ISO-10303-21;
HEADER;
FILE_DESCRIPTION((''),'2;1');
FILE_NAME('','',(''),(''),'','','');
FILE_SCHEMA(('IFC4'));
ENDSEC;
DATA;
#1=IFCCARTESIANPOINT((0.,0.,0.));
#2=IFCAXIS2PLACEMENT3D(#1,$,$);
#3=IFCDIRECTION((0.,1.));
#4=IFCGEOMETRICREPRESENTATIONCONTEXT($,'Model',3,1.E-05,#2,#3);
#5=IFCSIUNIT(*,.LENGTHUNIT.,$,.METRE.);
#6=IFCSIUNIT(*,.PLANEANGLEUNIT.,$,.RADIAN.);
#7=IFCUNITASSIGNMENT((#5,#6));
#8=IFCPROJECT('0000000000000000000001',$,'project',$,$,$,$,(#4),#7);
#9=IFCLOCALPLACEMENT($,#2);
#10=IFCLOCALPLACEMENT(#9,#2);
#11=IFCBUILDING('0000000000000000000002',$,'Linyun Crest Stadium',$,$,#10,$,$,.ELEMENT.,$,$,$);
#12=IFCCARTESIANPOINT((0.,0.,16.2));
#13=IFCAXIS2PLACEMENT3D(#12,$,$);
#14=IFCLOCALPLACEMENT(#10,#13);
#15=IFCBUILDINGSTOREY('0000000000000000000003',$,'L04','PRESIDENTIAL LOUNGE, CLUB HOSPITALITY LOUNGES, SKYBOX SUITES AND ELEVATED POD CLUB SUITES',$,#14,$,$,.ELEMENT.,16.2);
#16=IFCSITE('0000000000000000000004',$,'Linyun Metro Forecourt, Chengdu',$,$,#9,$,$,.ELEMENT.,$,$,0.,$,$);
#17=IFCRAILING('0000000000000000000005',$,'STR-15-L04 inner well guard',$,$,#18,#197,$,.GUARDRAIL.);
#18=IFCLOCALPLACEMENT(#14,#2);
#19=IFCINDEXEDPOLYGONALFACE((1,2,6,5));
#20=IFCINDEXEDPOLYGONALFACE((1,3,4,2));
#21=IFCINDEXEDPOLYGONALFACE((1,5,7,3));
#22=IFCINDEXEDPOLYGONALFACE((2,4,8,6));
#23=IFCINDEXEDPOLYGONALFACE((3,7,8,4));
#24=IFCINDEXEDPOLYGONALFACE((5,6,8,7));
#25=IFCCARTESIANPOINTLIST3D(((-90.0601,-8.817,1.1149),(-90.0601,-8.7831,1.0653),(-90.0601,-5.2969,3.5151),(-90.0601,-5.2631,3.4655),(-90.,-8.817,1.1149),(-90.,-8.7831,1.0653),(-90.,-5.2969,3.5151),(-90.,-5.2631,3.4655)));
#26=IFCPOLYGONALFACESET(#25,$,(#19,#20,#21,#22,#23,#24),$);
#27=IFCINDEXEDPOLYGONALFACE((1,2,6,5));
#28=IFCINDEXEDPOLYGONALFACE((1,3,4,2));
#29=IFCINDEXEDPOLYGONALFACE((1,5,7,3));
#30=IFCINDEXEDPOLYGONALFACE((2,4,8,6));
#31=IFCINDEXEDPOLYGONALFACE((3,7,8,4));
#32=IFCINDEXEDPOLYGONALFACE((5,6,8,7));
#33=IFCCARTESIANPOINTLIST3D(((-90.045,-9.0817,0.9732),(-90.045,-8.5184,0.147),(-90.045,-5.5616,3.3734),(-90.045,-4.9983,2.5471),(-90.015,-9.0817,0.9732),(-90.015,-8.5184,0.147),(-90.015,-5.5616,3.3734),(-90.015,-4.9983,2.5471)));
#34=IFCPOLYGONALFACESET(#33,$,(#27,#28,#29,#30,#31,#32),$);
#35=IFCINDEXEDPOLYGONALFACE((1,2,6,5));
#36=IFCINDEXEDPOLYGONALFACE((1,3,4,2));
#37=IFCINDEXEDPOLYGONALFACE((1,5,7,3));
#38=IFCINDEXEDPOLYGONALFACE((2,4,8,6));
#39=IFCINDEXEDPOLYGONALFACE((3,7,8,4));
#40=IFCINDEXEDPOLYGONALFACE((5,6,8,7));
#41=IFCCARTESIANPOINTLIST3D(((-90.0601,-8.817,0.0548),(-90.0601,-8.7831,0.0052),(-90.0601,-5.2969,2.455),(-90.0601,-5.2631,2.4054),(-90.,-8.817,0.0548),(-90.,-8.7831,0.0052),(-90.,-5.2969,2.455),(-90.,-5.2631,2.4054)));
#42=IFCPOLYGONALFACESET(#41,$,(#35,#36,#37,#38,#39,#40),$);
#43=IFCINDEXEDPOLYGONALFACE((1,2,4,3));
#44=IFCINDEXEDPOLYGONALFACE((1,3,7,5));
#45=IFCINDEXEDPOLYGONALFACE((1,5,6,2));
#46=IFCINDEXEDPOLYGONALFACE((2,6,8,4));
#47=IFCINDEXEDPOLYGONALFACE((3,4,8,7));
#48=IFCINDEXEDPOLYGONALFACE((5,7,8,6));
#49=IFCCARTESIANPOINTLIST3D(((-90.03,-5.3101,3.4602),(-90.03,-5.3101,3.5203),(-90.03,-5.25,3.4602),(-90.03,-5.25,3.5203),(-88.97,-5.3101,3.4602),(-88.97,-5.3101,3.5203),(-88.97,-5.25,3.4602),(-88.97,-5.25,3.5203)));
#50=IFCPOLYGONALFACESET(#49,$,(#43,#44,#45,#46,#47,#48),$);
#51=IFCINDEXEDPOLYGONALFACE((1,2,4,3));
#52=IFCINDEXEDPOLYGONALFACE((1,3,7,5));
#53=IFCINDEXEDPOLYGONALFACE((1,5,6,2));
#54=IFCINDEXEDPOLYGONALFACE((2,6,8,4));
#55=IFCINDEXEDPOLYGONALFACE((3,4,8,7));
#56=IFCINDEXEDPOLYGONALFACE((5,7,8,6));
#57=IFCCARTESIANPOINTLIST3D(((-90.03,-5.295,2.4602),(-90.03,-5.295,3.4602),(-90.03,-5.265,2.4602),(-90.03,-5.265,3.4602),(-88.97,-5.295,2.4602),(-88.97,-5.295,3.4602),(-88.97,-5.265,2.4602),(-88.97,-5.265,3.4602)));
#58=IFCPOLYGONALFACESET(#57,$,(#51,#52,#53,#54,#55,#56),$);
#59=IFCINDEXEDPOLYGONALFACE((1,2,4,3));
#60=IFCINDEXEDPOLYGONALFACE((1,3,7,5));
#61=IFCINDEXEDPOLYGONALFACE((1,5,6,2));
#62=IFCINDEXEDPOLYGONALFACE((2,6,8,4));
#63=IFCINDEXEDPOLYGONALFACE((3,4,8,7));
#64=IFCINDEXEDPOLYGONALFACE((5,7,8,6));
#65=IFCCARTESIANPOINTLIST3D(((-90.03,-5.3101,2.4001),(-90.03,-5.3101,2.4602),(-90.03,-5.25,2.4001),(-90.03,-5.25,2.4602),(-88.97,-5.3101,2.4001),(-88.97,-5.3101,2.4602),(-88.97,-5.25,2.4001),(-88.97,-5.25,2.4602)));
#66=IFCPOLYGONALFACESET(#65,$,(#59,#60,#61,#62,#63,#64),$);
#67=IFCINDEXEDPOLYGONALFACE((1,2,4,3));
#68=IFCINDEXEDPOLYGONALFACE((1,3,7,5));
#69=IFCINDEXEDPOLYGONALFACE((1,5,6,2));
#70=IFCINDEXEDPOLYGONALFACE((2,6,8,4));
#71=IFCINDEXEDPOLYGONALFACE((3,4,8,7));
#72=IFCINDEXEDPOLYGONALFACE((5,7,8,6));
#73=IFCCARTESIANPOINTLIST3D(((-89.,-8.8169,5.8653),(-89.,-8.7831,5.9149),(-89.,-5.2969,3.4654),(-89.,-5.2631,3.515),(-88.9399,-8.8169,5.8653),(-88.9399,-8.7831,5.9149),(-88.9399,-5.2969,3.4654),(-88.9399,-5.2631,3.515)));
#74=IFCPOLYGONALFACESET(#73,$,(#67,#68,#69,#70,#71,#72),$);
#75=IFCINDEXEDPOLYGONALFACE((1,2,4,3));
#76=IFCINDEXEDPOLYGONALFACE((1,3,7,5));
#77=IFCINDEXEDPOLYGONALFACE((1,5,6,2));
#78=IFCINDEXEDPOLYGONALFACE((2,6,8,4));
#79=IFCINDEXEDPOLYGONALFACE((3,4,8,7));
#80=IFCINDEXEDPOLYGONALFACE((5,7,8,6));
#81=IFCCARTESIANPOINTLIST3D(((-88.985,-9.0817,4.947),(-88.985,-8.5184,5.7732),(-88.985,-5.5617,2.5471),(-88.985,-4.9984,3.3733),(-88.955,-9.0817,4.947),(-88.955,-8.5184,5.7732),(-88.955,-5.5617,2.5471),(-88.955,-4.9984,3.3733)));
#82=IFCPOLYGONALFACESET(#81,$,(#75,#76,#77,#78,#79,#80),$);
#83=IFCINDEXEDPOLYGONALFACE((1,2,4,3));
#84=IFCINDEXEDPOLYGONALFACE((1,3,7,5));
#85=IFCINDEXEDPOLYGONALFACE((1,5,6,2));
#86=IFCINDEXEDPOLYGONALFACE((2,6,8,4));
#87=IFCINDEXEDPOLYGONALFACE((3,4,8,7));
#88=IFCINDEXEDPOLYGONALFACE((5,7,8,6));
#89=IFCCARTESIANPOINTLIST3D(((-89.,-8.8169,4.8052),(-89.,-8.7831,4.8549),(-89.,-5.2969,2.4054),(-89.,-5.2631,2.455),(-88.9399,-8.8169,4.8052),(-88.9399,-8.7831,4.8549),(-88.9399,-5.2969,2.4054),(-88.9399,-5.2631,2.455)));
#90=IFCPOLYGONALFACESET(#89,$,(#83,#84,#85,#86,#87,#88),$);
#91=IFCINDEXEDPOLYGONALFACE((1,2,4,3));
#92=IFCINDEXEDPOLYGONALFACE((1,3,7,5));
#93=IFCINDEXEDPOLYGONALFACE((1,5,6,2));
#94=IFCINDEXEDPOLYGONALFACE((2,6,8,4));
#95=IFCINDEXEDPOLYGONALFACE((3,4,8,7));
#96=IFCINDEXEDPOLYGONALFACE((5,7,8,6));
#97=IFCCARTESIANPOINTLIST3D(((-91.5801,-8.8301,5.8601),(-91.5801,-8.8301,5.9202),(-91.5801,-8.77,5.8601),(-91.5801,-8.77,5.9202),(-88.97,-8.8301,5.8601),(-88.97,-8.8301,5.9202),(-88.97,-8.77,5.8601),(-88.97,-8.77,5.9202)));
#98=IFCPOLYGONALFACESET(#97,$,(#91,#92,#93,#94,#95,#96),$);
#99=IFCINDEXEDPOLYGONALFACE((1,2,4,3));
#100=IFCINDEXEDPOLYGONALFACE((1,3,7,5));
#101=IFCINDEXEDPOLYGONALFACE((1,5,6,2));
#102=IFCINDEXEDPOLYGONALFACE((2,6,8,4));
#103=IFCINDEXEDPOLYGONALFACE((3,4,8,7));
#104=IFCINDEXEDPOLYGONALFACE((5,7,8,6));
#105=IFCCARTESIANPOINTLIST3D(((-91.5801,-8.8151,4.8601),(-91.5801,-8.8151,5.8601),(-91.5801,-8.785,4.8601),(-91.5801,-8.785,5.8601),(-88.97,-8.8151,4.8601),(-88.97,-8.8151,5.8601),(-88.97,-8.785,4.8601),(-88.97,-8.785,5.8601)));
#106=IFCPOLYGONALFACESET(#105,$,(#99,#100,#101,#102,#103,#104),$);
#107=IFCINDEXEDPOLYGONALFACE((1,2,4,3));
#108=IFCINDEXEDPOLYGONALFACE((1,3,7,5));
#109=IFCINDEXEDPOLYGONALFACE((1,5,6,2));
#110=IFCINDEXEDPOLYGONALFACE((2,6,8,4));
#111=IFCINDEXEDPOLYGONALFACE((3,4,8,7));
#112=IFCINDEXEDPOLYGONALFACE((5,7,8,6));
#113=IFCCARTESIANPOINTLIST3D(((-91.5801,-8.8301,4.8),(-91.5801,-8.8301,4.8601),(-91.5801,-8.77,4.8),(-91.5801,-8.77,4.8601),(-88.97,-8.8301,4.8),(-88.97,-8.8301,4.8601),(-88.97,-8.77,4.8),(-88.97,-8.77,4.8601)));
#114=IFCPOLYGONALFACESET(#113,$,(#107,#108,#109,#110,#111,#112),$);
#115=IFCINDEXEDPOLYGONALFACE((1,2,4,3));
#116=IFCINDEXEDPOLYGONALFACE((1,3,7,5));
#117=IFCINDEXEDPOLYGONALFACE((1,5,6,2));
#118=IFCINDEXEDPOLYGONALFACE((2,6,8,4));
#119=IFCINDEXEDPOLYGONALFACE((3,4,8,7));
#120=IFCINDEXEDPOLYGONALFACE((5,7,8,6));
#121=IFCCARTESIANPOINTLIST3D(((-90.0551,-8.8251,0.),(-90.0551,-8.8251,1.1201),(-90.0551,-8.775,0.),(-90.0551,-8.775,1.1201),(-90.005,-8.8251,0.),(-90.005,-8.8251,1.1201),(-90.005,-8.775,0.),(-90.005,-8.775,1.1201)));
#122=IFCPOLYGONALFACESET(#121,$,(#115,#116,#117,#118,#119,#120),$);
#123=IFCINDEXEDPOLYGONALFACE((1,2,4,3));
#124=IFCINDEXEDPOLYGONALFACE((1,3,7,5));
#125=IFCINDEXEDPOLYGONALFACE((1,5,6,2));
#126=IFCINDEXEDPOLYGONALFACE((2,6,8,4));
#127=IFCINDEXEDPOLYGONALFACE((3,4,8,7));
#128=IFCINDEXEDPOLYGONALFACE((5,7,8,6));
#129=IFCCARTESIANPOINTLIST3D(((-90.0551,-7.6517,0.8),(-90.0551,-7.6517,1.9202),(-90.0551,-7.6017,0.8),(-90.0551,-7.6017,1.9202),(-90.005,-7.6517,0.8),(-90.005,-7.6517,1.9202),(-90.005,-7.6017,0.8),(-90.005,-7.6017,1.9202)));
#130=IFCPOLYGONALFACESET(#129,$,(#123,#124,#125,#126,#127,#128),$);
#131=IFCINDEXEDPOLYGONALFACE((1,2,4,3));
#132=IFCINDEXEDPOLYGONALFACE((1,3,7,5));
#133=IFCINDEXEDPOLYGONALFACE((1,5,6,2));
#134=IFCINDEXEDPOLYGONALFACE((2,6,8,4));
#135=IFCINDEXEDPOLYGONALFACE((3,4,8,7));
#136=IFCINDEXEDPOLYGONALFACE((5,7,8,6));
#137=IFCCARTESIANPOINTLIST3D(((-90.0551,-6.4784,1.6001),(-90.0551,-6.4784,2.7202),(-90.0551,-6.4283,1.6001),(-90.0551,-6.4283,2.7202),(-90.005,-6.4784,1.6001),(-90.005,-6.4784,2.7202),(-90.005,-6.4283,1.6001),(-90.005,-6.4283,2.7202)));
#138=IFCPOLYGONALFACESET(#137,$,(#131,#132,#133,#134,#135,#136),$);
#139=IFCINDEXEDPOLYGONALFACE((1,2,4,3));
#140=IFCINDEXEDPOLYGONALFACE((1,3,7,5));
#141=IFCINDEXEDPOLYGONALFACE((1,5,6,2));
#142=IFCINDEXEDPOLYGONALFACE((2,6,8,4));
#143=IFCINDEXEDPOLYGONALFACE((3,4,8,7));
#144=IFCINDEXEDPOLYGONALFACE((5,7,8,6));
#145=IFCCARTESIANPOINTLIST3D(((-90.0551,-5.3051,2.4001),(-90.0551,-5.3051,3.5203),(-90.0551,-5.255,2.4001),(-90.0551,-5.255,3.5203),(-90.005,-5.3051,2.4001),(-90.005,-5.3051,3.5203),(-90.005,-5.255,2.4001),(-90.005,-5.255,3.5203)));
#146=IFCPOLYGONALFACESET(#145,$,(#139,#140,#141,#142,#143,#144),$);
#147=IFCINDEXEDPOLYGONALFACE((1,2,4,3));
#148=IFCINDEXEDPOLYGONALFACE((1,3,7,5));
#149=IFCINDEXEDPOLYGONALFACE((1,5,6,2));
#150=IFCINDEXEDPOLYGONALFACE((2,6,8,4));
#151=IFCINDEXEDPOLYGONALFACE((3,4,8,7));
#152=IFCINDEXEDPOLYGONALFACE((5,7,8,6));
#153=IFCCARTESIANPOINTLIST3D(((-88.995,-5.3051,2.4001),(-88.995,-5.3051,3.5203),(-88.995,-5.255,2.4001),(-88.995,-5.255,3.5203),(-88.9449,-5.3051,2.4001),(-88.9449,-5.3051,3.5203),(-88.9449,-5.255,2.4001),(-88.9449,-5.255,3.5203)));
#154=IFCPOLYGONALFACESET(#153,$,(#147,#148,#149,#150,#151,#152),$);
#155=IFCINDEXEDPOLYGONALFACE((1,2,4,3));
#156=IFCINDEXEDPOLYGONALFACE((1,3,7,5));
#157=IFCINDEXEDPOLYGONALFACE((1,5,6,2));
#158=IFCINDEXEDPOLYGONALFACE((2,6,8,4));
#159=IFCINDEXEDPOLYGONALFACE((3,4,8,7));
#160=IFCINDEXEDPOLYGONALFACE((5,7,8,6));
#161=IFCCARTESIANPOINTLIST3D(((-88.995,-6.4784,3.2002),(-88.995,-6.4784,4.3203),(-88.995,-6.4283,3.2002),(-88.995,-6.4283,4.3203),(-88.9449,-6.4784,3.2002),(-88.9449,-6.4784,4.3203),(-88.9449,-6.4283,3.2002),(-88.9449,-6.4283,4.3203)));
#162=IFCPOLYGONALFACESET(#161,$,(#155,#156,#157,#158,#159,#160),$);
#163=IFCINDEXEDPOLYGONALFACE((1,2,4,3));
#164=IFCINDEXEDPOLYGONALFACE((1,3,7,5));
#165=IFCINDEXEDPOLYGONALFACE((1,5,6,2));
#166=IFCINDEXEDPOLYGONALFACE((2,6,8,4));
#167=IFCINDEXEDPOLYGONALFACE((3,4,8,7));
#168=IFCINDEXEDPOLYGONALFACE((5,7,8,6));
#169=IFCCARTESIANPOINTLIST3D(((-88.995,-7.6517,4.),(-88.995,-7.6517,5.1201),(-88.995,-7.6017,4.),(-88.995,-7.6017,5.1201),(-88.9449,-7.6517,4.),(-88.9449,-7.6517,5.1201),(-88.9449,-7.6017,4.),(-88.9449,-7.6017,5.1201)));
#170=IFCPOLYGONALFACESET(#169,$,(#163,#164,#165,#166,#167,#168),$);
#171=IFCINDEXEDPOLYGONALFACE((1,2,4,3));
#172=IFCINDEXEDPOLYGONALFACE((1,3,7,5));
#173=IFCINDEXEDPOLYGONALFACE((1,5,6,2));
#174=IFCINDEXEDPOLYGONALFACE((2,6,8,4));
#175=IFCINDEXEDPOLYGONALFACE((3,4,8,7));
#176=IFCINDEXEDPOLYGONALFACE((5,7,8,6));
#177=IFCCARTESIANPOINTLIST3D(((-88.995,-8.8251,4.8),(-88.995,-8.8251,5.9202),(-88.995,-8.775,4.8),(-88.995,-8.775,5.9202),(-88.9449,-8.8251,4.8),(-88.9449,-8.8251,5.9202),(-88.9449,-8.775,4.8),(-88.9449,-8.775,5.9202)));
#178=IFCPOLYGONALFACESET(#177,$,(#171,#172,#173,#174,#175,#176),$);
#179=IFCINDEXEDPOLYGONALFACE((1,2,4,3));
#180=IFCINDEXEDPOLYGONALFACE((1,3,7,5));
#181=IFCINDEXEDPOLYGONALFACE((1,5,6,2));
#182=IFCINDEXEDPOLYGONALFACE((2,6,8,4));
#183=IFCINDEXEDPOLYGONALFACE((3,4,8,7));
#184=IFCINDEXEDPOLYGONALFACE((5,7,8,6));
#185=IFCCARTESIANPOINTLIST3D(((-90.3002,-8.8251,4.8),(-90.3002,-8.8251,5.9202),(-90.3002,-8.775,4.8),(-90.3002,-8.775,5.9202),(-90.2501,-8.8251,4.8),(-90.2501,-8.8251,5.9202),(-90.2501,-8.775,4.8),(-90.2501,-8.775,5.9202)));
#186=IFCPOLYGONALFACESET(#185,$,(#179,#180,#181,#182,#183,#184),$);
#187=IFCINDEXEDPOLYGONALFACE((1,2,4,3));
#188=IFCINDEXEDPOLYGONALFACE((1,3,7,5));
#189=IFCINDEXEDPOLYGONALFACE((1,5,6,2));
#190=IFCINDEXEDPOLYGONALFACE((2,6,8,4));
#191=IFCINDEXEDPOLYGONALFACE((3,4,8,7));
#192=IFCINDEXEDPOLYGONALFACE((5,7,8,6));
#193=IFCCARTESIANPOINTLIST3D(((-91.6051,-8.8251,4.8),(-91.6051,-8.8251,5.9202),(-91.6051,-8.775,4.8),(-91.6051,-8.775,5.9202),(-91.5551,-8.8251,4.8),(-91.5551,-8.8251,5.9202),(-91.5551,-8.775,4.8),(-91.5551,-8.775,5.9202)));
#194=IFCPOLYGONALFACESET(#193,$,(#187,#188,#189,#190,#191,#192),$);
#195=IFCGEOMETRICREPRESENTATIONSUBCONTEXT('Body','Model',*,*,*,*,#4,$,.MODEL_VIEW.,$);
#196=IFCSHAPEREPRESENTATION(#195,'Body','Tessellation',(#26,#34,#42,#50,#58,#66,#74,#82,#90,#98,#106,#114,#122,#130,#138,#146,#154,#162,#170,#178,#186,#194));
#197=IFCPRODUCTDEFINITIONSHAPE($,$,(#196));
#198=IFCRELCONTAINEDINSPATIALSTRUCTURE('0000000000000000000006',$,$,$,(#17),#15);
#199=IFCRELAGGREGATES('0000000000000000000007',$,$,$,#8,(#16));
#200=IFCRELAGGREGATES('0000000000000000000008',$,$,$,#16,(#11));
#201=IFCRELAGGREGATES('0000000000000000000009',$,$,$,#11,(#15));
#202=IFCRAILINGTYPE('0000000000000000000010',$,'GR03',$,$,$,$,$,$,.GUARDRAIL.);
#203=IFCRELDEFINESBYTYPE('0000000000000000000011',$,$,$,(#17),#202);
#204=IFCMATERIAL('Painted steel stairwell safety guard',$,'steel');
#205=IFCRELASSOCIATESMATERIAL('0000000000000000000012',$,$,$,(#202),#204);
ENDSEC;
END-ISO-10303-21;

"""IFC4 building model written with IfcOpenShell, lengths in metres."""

from ifc_helpers import new_model, si_unit, direction, frame, origin, origin_2d, place, context, subcontext, project, spatial, rectangle, extrude, material, type_object, element, save


model = new_model("IFC4")

# Units and contexts
model_context = context("Model", 3, precision=1e-05, world=origin(), true_north=direction((0.0, 1.0)))
body_context = subcontext(model_context, "Body", "Model", "MODEL_VIEW")
ifc_project = project(units=[si_unit("LENGTHUNIT", "METRE"), si_unit("PLANEANGLEUNIT", "RADIAN")], contexts=[model_context])

# Site, building, storey
site_placement = place(None, origin())
site = spatial("IfcSite", under=ifc_project, at=site_placement, Name="Linyun Metro Forecourt, Chengdu", CompositionType="ELEMENT", RefElevation=0.0)
building_placement = place(site_placement, origin())
building = spatial("IfcBuilding", under=site, at=building_placement, Name="Linyun Crest Stadium", CompositionType="ELEMENT")
storey_placement = place(building_placement, frame((0.0, 0.0, 16.2)))
storey = spatial("IfcBuildingStorey", under=building, at=storey_placement, Name="L04", Description="PRESIDENTIAL LOUNGE, CLUB HOSPITALITY LOUNGES, SKYBOX SUITES AND ELEVATED POD CLUB SUITES", CompositionType="ELEMENT", Elevation=16.2)

# Railing
ifc_material_1 = material(Name="Painted steel stairwell safety guard", Category="steel")
railing_type_1 = type_object("IfcRailingType", Name="GR03", PredefinedType="GUARDRAIL", material=ifc_material_1)
railing_1_placement = place(storey_placement, frame((-90.03, -8.8, 0.0)))
element("IfcRailing", 1, at=railing_1_placement, inside=storey, type_object=railing_type_1, Name="STR-15-L04 inner well guard", PredefinedType="GUARDRAIL", context=body_context, shape_type="SweptSolid", body=[
    extrude(rectangle(XDim=0.0601, YDim=0.0601, at=origin_2d()), frame((0.0, 0.0, 1.0901), z_axis=(0.0, 0.826213, 0.563358), x_axis=(-1.0, 0.0, 0.0)), (0.0, 0.0, 1.0), 4.2605),
    extrude(rectangle(XDim=0.03, YDim=1.0, at=origin_2d()), frame((0.0, 0.0, 0.5601), z_axis=(0.0, 0.826213, 0.563358), x_axis=(-1.0, 0.0, 0.0)), (0.0, 0.0, 1.0), 4.2605),
    extrude(rectangle(XDim=0.0601, YDim=0.0601, at=origin_2d()), frame((0.0, 0.0, 0.03), z_axis=(0.0, 0.826213, 0.563358), x_axis=(-1.0, 0.0, 0.0)), (0.0, 0.0, 1.0), 4.2605),
    extrude(rectangle(XDim=0.0601, YDim=0.0601, at=origin_2d()), frame((0.0, 3.52, 3.4902), z_axis=(1.0, 0.0, 0.0), x_axis=(0.0, 1.0, 0.0)), (0.0, 0.0, 1.0), 1.0601),
    extrude(rectangle(XDim=0.03, YDim=1.0, at=origin_2d()), frame((0.0, 3.52, 2.9602), z_axis=(1.0, 0.0, 0.0), x_axis=(0.0, 1.0, 0.0)), (0.0, 0.0, 1.0), 1.0601),
    extrude(rectangle(XDim=0.0601, YDim=0.0601, at=origin_2d()), frame((0.0, 3.52, 2.4302), z_axis=(1.0, 0.0, 0.0), x_axis=(0.0, 1.0, 0.0)), (0.0, 0.0, 1.0), 1.0601),
    extrude(rectangle(XDim=0.0601, YDim=0.0601, at=origin_2d()), frame((1.0601, 3.52, 3.4902), z_axis=(0.0, -0.826239, 0.563319), x_axis=(1.0, 0.0, 0.0)), (0.0, 0.0, 1.0), 4.2603),
    extrude(rectangle(XDim=0.03, YDim=1.0, at=origin_2d()), frame((1.0601, 3.52, 2.9602), z_axis=(0.0, -0.826239, 0.563319), x_axis=(1.0, 0.0, 0.0)), (0.0, 0.0, 1.0), 4.2603),
    extrude(rectangle(XDim=0.0601, YDim=0.0601, at=origin_2d()), frame((1.0601, 3.52, 2.4302), z_axis=(0.0, -0.826239, 0.563319), x_axis=(1.0, 0.0, 0.0)), (0.0, 0.0, 1.0), 4.2603),
    extrude(rectangle(XDim=0.0601, YDim=0.0601, at=origin_2d()), frame((1.0601, 0.0, 5.8901), z_axis=(-1.0, 0.0, 0.0), x_axis=(0.0, -1.0, 0.0)), (0.0, 0.0, 1.0), 2.6101),
    extrude(rectangle(XDim=0.03, YDim=1.0, at=origin_2d()), frame((1.0601, 0.0, 5.3601), z_axis=(-1.0, 0.0, 0.0), x_axis=(0.0, -1.0, 0.0)), (0.0, 0.0, 1.0), 2.6101),
    extrude(rectangle(XDim=0.0601, YDim=0.0601, at=origin_2d()), frame((1.0601, 0.0, 4.8301), z_axis=(-1.0, 0.0, 0.0), x_axis=(0.0, -1.0, 0.0)), (0.0, 0.0, 1.0), 2.6101),
    extrude(rectangle(XDim=0.05, YDim=0.05, at=origin_2d()), origin(), (0.0, 0.0, 1.0), 1.1201),
    extrude(rectangle(XDim=0.05, YDim=0.05, at=origin_2d()), frame((0.0, 1.1733, 0.8)), (0.0, 0.0, 1.0), 1.1201),
    extrude(rectangle(XDim=0.05, YDim=0.05, at=origin_2d()), frame((0.0, 2.3467, 1.6001)), (0.0, 0.0, 1.0), 1.1201),
    extrude(rectangle(XDim=0.05, YDim=0.05, at=origin_2d()), frame((0.0, 3.52, 2.4001)), (0.0, 0.0, 1.0), 1.1201),
    extrude(rectangle(XDim=0.05, YDim=0.05, at=origin_2d()), frame((1.0601, 3.52, 2.4001)), (0.0, 0.0, 1.0), 1.1201),
    extrude(rectangle(XDim=0.05, YDim=0.05, at=origin_2d()), frame((1.0601, 2.3467, 3.2002)), (0.0, 0.0, 1.0), 1.1201),
    extrude(rectangle(XDim=0.05, YDim=0.05, at=origin_2d()), frame((1.0601, 1.1733, 4.0)), (0.0, 0.0, 1.0), 1.1201),
    extrude(rectangle(XDim=0.05, YDim=0.05, at=origin_2d()), frame((1.0601, 0.0, 4.8)), (0.0, 0.0, 1.0), 1.1201),
    extrude(rectangle(XDim=0.05, YDim=0.05, at=origin_2d()), frame((-0.2451, 0.0, 4.8)), (0.0, 0.0, 1.0), 1.1201),
    extrude(rectangle(XDim=0.05, YDim=0.05, at=origin_2d()), frame((-1.55, 0.0, 4.8)), (0.0, 0.0, 1.0), 1.1201),
])

save(model, "model.ifc")
